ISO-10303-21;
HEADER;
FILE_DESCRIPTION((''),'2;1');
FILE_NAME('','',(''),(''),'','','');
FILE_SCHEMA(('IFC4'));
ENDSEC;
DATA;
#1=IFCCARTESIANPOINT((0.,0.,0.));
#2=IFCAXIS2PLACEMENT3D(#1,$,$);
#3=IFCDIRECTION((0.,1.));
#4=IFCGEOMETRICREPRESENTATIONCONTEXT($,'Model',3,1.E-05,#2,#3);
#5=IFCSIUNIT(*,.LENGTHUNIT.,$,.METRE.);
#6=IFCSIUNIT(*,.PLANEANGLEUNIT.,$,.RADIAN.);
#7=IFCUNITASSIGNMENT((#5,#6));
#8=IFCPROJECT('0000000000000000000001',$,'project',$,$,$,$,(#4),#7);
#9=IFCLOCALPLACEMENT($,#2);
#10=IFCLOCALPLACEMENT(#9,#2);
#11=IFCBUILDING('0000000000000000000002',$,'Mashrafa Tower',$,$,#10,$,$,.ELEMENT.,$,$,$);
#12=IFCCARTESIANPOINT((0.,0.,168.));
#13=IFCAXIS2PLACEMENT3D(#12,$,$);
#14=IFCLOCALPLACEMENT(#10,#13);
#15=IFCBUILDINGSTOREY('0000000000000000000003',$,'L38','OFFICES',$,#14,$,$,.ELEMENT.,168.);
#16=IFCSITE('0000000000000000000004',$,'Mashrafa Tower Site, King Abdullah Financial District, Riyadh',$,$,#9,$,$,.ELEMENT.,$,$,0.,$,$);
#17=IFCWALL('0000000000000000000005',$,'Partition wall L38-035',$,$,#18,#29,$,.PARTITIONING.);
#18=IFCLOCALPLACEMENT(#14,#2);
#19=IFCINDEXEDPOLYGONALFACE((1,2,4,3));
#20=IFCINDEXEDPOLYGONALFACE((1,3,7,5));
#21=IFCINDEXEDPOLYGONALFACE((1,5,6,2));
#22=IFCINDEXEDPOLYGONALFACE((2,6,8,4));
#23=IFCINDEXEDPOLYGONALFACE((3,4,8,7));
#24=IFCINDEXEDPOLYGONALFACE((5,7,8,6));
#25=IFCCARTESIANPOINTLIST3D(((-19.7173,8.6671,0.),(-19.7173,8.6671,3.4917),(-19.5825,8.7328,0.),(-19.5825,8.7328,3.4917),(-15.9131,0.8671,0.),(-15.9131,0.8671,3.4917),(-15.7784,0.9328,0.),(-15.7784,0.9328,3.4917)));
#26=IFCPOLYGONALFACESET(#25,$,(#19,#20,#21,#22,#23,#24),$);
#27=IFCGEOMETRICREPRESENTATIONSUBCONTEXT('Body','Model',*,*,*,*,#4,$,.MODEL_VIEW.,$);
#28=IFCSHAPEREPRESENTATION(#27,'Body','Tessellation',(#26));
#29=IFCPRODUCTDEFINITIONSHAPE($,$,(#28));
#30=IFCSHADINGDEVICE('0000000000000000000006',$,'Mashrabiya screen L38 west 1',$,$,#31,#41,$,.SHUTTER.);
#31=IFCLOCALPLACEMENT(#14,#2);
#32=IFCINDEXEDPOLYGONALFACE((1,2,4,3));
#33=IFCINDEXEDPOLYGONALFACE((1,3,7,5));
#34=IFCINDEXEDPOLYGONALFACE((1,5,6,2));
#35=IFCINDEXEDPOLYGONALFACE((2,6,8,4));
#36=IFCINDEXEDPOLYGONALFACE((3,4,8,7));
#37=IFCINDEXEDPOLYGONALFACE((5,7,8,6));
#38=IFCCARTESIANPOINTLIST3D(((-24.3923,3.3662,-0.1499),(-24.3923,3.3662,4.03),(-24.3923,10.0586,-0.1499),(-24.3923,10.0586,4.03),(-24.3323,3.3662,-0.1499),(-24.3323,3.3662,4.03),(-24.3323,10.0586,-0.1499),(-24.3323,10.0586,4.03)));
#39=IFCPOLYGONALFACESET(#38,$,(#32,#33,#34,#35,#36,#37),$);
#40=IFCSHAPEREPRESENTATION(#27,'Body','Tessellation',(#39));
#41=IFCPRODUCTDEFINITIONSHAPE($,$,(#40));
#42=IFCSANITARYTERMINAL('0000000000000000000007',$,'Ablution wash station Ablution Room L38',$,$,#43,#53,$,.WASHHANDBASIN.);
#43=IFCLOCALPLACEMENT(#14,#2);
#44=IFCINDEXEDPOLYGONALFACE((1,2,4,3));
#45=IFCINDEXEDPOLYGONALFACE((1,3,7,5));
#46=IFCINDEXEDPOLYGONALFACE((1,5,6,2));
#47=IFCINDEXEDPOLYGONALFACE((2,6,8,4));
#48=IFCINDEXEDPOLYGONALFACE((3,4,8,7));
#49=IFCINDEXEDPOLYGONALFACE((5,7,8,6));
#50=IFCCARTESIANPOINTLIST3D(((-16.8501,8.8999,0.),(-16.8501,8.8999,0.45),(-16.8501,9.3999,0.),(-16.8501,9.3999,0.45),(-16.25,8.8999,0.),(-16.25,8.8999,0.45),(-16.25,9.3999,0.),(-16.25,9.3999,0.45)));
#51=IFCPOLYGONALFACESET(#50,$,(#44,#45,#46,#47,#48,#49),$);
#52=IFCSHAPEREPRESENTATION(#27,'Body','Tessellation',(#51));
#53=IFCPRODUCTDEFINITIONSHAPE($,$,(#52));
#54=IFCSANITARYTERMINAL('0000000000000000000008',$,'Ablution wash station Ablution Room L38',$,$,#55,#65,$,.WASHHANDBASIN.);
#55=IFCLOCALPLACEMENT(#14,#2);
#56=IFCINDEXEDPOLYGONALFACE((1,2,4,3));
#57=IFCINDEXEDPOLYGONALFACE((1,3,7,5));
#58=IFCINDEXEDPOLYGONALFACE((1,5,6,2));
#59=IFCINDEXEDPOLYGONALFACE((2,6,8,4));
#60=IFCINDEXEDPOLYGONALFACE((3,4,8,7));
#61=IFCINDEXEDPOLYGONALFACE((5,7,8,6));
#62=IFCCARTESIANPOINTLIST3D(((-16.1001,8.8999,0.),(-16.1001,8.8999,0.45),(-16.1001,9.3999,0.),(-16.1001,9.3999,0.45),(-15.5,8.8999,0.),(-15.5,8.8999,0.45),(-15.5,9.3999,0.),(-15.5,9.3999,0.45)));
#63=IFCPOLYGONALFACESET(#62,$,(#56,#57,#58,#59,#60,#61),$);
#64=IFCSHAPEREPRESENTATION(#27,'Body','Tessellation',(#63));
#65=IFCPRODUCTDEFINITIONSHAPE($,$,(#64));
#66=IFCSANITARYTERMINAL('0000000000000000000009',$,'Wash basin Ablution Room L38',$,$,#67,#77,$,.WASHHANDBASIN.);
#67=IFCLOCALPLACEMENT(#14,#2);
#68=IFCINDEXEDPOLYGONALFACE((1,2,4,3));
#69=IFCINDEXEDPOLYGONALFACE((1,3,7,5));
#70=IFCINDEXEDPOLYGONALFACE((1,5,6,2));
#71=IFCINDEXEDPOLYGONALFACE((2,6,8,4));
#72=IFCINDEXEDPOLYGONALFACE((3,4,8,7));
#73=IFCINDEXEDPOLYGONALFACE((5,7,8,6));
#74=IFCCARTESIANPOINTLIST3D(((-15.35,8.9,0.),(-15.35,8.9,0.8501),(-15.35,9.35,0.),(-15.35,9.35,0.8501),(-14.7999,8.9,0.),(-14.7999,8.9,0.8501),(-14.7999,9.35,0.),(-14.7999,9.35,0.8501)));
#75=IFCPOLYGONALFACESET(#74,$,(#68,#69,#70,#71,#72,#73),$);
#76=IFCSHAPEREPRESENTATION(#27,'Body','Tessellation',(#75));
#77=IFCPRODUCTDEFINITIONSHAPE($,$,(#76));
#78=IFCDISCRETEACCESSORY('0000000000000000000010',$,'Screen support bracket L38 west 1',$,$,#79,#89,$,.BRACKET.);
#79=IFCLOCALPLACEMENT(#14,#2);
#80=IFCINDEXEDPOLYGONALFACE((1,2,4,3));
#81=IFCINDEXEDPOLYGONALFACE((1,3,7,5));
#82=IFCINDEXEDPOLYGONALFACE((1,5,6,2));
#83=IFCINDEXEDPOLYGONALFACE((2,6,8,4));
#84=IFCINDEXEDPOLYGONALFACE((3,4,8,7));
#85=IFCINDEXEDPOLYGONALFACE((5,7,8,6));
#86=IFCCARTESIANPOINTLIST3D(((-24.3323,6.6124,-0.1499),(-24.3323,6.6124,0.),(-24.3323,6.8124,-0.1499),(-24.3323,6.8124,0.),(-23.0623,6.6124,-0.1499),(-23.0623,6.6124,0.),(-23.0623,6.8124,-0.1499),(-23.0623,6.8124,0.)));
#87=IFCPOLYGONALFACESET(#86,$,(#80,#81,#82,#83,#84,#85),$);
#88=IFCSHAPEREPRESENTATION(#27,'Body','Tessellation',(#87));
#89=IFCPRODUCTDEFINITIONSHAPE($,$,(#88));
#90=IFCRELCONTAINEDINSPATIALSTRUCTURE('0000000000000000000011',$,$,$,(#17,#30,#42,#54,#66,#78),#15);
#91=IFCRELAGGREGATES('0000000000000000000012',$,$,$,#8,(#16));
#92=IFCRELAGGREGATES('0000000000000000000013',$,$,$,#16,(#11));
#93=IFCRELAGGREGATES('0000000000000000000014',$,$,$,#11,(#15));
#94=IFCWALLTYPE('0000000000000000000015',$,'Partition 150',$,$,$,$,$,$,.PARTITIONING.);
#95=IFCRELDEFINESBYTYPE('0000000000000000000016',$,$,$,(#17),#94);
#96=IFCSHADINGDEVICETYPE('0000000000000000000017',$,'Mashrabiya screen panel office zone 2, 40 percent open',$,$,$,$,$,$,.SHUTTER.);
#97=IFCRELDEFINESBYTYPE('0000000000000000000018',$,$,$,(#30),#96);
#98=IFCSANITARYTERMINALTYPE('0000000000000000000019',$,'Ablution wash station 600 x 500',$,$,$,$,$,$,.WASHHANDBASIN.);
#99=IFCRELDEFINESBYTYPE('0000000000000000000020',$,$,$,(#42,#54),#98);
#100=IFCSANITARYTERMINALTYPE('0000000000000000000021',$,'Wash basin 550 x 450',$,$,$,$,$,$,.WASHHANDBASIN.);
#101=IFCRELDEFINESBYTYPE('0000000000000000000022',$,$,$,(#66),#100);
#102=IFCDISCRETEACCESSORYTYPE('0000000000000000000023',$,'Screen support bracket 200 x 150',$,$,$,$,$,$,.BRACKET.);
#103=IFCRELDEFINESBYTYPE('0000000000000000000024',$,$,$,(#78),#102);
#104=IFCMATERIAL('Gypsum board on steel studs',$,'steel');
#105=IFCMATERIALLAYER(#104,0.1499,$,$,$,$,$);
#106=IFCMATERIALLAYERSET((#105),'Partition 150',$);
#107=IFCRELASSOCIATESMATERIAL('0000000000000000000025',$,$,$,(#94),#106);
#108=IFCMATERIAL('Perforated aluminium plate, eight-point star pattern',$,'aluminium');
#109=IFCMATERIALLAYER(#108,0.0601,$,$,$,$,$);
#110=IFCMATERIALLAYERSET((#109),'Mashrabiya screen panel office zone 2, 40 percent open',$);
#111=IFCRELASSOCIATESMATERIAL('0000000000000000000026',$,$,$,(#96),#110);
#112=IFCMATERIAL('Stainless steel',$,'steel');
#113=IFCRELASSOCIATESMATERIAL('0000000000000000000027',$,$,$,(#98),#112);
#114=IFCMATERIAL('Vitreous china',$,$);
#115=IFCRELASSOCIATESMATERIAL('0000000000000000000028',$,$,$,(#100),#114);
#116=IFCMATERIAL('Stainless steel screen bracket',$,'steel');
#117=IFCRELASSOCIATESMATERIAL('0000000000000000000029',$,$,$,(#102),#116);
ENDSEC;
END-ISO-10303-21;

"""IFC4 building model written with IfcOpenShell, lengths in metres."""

from ifc_helpers import new_model, si_unit, direction, frame, frame_2d, origin, origin_2d, place, context, subcontext, project, spatial, rectangle, extrude, source, transform, mapped, material, layer, layer_set, type_object, type_shapes, element, save


model = new_model("IFC4")

# Units and contexts
model_context = context("Model", 3, precision=1e-05, world=origin(), true_north=direction((0.0, 1.0)))
body_context = subcontext(model_context, "Body", "Model", "MODEL_VIEW")
ifc_project = project(units=[si_unit("LENGTHUNIT", "METRE"), si_unit("PLANEANGLEUNIT", "RADIAN")], contexts=[model_context])

# Site, building, storey
site_placement = place(None, origin())
site = spatial("IfcSite", under=ifc_project, at=site_placement, Name="Mashrafa Tower Site, King Abdullah Financial District, Riyadh", CompositionType="ELEMENT", RefElevation=0.0)
building_placement = place(site_placement, origin())
building = spatial("IfcBuilding", under=site, at=building_placement, Name="Mashrafa Tower", CompositionType="ELEMENT")
storey_placement = place(building_placement, frame((0.0, 0.0, 168.0)))
storey = spatial("IfcBuildingStorey", under=building, at=storey_placement, Name="L38", Description="OFFICES", CompositionType="ELEMENT", Elevation=168.0)

# Wall
ifc_material_1 = material(Name="Gypsum board on steel studs", Category="steel")
ifc_layer_1 = layer(ifc_material_1, 0.1499)
ifc_layer_set_1 = layer_set([ifc_layer_1], Name="Partition 150")
wall_type_1 = type_object("IfcWallType", Name="Partition 150", PredefinedType="PARTITIONING", material=ifc_layer_set_1)
wall_1_placement = place(storey_placement, frame((-19.6499, 8.7, 0.0), z_axis=(0.0, 0.0, 1.0), x_axis=(0.438358, -0.8988, 0.0)))
element("IfcWall", 1, at=wall_1_placement, inside=storey, type_object=wall_type_1, Name="Partition wall L38-035", PredefinedType="PARTITIONING", context=body_context, shape_type="SweptSolid", body=[
    extrude(rectangle(XDim=8.6782, YDim=0.1499, at=frame_2d((4.3391, 0.0))), origin(), (0.0, 0.0, 1.0), 3.4917),
])

# Shading device
ifc_material_2 = material(Name="Perforated aluminium plate, eight-point star pattern", Category="aluminium")
ifc_layer_2 = layer(ifc_material_2, 0.0601)
ifc_layer_set_2 = layer_set([ifc_layer_2], Name="Mashrabiya screen panel office zone 2, 40 percent open")
shading_device_type = type_object("IfcShadingDeviceType", Name="Mashrabiya screen panel office zone 2, 40 percent open", PredefinedType="SHUTTER", material=ifc_layer_set_2)
shared_shape_1 = source(origin(), body_context, "Body", "SweptSolid", [
    extrude(rectangle(XDim=6.6924, YDim=0.0601, at=origin_2d()), origin(), (0.0, 0.0, 1.0), 4.1799),
])
type_shapes(shading_device_type, [shared_shape_1])
shading_device_placement = place(storey_placement, frame((-24.3623, 6.7124, -0.1499), z_axis=(0.0, 0.0, 1.0), x_axis=(0.0, -1.0, 0.0)))
element("IfcShadingDevice", 2, at=shading_device_placement, inside=storey, type_object=shading_device_type, Name="Mashrabiya screen L38 west 1", PredefinedType="SHUTTER", context=body_context, shape_type="MappedRepresentation", body=[
    mapped(shared_shape_1, transform((0.0, 0.0, 0.0))),
])

# Sanitary terminals
ifc_material_3 = material(Name="Stainless steel", Category="steel")
sanitary_terminal_type_1 = type_object("IfcSanitaryTerminalType", Name="Ablution wash station 600 x 500", PredefinedType="WASHHANDBASIN", material=ifc_material_3)
for number, where, z_axis, x_axis, name in (
    (3, (-16.55, 9.1499, 0.0), (0.0, 0.0, 1.0), (1.0, 0.0, 0.0), "Ablution wash station Ablution Room L38"),
    (4, (-15.8, 9.1499, 0.0), (0.0, 0.0, 1.0), (1.0, 0.0, 0.0), "Ablution wash station Ablution Room L38"),
):
    element("IfcSanitaryTerminal", number, at=place(storey_placement, frame(where, z_axis=z_axis, x_axis=x_axis)), inside=storey, type_object=sanitary_terminal_type_1, Name=name, PredefinedType="WASHHANDBASIN", context=body_context, shape_type="SweptSolid", body=[
        extrude(rectangle(XDim=0.6001, YDim=0.5, at=origin_2d()), origin(), (0.0, 0.0, 1.0), 0.45),
    ])
ifc_material_4 = material(Name="Vitreous china")
sanitary_terminal_type_2 = type_object("IfcSanitaryTerminalType", Name="Wash basin 550 x 450", PredefinedType="WASHHANDBASIN", material=ifc_material_4)
sanitary_terminal_placement = place(storey_placement, frame((-15.075, 9.125, 0.0), z_axis=(0.0, 0.0, 1.0), x_axis=(1.0, 0.0, 0.0)))
element("IfcSanitaryTerminal", 5, at=sanitary_terminal_placement, inside=storey, type_object=sanitary_terminal_type_2, Name="Wash basin Ablution Room L38", PredefinedType="WASHHANDBASIN", context=body_context, shape_type="SweptSolid", body=[
    extrude(rectangle(XDim=0.55, YDim=0.45, at=origin_2d()), origin(), (0.0, 0.0, 1.0), 0.8501),
])

# Discrete accessory
ifc_material_5 = material(Name="Stainless steel screen bracket", Category="steel")
discrete_accessory_type = type_object("IfcDiscreteAccessoryType", Name="Screen support bracket 200 x 150", PredefinedType="BRACKET", material=ifc_material_5)
shared_shape_2 = source(origin(), body_context, "Body", "SweptSolid", [
    extrude(rectangle(XDim=0.2, YDim=1.27, at=origin_2d()), origin(), (0.0, 0.0, 1.0), 0.1499),
])
type_shapes(discrete_accessory_type, [shared_shape_2])
discrete_accessory_placement = place(storey_placement, frame((-23.6973, 6.7124, -0.1499), z_axis=(0.0, 0.0, 1.0), x_axis=(0.0, -1.0, 0.0)))
element("IfcDiscreteAccessory", 6, at=discrete_accessory_placement, inside=storey, type_object=discrete_accessory_type, Name="Screen support bracket L38 west 1", PredefinedType="BRACKET", context=body_context, shape_type="MappedRepresentation", body=[
    mapped(shared_shape_2, transform((0.0, 0.0, 0.0))),
])

save(model, "model.ifc")
